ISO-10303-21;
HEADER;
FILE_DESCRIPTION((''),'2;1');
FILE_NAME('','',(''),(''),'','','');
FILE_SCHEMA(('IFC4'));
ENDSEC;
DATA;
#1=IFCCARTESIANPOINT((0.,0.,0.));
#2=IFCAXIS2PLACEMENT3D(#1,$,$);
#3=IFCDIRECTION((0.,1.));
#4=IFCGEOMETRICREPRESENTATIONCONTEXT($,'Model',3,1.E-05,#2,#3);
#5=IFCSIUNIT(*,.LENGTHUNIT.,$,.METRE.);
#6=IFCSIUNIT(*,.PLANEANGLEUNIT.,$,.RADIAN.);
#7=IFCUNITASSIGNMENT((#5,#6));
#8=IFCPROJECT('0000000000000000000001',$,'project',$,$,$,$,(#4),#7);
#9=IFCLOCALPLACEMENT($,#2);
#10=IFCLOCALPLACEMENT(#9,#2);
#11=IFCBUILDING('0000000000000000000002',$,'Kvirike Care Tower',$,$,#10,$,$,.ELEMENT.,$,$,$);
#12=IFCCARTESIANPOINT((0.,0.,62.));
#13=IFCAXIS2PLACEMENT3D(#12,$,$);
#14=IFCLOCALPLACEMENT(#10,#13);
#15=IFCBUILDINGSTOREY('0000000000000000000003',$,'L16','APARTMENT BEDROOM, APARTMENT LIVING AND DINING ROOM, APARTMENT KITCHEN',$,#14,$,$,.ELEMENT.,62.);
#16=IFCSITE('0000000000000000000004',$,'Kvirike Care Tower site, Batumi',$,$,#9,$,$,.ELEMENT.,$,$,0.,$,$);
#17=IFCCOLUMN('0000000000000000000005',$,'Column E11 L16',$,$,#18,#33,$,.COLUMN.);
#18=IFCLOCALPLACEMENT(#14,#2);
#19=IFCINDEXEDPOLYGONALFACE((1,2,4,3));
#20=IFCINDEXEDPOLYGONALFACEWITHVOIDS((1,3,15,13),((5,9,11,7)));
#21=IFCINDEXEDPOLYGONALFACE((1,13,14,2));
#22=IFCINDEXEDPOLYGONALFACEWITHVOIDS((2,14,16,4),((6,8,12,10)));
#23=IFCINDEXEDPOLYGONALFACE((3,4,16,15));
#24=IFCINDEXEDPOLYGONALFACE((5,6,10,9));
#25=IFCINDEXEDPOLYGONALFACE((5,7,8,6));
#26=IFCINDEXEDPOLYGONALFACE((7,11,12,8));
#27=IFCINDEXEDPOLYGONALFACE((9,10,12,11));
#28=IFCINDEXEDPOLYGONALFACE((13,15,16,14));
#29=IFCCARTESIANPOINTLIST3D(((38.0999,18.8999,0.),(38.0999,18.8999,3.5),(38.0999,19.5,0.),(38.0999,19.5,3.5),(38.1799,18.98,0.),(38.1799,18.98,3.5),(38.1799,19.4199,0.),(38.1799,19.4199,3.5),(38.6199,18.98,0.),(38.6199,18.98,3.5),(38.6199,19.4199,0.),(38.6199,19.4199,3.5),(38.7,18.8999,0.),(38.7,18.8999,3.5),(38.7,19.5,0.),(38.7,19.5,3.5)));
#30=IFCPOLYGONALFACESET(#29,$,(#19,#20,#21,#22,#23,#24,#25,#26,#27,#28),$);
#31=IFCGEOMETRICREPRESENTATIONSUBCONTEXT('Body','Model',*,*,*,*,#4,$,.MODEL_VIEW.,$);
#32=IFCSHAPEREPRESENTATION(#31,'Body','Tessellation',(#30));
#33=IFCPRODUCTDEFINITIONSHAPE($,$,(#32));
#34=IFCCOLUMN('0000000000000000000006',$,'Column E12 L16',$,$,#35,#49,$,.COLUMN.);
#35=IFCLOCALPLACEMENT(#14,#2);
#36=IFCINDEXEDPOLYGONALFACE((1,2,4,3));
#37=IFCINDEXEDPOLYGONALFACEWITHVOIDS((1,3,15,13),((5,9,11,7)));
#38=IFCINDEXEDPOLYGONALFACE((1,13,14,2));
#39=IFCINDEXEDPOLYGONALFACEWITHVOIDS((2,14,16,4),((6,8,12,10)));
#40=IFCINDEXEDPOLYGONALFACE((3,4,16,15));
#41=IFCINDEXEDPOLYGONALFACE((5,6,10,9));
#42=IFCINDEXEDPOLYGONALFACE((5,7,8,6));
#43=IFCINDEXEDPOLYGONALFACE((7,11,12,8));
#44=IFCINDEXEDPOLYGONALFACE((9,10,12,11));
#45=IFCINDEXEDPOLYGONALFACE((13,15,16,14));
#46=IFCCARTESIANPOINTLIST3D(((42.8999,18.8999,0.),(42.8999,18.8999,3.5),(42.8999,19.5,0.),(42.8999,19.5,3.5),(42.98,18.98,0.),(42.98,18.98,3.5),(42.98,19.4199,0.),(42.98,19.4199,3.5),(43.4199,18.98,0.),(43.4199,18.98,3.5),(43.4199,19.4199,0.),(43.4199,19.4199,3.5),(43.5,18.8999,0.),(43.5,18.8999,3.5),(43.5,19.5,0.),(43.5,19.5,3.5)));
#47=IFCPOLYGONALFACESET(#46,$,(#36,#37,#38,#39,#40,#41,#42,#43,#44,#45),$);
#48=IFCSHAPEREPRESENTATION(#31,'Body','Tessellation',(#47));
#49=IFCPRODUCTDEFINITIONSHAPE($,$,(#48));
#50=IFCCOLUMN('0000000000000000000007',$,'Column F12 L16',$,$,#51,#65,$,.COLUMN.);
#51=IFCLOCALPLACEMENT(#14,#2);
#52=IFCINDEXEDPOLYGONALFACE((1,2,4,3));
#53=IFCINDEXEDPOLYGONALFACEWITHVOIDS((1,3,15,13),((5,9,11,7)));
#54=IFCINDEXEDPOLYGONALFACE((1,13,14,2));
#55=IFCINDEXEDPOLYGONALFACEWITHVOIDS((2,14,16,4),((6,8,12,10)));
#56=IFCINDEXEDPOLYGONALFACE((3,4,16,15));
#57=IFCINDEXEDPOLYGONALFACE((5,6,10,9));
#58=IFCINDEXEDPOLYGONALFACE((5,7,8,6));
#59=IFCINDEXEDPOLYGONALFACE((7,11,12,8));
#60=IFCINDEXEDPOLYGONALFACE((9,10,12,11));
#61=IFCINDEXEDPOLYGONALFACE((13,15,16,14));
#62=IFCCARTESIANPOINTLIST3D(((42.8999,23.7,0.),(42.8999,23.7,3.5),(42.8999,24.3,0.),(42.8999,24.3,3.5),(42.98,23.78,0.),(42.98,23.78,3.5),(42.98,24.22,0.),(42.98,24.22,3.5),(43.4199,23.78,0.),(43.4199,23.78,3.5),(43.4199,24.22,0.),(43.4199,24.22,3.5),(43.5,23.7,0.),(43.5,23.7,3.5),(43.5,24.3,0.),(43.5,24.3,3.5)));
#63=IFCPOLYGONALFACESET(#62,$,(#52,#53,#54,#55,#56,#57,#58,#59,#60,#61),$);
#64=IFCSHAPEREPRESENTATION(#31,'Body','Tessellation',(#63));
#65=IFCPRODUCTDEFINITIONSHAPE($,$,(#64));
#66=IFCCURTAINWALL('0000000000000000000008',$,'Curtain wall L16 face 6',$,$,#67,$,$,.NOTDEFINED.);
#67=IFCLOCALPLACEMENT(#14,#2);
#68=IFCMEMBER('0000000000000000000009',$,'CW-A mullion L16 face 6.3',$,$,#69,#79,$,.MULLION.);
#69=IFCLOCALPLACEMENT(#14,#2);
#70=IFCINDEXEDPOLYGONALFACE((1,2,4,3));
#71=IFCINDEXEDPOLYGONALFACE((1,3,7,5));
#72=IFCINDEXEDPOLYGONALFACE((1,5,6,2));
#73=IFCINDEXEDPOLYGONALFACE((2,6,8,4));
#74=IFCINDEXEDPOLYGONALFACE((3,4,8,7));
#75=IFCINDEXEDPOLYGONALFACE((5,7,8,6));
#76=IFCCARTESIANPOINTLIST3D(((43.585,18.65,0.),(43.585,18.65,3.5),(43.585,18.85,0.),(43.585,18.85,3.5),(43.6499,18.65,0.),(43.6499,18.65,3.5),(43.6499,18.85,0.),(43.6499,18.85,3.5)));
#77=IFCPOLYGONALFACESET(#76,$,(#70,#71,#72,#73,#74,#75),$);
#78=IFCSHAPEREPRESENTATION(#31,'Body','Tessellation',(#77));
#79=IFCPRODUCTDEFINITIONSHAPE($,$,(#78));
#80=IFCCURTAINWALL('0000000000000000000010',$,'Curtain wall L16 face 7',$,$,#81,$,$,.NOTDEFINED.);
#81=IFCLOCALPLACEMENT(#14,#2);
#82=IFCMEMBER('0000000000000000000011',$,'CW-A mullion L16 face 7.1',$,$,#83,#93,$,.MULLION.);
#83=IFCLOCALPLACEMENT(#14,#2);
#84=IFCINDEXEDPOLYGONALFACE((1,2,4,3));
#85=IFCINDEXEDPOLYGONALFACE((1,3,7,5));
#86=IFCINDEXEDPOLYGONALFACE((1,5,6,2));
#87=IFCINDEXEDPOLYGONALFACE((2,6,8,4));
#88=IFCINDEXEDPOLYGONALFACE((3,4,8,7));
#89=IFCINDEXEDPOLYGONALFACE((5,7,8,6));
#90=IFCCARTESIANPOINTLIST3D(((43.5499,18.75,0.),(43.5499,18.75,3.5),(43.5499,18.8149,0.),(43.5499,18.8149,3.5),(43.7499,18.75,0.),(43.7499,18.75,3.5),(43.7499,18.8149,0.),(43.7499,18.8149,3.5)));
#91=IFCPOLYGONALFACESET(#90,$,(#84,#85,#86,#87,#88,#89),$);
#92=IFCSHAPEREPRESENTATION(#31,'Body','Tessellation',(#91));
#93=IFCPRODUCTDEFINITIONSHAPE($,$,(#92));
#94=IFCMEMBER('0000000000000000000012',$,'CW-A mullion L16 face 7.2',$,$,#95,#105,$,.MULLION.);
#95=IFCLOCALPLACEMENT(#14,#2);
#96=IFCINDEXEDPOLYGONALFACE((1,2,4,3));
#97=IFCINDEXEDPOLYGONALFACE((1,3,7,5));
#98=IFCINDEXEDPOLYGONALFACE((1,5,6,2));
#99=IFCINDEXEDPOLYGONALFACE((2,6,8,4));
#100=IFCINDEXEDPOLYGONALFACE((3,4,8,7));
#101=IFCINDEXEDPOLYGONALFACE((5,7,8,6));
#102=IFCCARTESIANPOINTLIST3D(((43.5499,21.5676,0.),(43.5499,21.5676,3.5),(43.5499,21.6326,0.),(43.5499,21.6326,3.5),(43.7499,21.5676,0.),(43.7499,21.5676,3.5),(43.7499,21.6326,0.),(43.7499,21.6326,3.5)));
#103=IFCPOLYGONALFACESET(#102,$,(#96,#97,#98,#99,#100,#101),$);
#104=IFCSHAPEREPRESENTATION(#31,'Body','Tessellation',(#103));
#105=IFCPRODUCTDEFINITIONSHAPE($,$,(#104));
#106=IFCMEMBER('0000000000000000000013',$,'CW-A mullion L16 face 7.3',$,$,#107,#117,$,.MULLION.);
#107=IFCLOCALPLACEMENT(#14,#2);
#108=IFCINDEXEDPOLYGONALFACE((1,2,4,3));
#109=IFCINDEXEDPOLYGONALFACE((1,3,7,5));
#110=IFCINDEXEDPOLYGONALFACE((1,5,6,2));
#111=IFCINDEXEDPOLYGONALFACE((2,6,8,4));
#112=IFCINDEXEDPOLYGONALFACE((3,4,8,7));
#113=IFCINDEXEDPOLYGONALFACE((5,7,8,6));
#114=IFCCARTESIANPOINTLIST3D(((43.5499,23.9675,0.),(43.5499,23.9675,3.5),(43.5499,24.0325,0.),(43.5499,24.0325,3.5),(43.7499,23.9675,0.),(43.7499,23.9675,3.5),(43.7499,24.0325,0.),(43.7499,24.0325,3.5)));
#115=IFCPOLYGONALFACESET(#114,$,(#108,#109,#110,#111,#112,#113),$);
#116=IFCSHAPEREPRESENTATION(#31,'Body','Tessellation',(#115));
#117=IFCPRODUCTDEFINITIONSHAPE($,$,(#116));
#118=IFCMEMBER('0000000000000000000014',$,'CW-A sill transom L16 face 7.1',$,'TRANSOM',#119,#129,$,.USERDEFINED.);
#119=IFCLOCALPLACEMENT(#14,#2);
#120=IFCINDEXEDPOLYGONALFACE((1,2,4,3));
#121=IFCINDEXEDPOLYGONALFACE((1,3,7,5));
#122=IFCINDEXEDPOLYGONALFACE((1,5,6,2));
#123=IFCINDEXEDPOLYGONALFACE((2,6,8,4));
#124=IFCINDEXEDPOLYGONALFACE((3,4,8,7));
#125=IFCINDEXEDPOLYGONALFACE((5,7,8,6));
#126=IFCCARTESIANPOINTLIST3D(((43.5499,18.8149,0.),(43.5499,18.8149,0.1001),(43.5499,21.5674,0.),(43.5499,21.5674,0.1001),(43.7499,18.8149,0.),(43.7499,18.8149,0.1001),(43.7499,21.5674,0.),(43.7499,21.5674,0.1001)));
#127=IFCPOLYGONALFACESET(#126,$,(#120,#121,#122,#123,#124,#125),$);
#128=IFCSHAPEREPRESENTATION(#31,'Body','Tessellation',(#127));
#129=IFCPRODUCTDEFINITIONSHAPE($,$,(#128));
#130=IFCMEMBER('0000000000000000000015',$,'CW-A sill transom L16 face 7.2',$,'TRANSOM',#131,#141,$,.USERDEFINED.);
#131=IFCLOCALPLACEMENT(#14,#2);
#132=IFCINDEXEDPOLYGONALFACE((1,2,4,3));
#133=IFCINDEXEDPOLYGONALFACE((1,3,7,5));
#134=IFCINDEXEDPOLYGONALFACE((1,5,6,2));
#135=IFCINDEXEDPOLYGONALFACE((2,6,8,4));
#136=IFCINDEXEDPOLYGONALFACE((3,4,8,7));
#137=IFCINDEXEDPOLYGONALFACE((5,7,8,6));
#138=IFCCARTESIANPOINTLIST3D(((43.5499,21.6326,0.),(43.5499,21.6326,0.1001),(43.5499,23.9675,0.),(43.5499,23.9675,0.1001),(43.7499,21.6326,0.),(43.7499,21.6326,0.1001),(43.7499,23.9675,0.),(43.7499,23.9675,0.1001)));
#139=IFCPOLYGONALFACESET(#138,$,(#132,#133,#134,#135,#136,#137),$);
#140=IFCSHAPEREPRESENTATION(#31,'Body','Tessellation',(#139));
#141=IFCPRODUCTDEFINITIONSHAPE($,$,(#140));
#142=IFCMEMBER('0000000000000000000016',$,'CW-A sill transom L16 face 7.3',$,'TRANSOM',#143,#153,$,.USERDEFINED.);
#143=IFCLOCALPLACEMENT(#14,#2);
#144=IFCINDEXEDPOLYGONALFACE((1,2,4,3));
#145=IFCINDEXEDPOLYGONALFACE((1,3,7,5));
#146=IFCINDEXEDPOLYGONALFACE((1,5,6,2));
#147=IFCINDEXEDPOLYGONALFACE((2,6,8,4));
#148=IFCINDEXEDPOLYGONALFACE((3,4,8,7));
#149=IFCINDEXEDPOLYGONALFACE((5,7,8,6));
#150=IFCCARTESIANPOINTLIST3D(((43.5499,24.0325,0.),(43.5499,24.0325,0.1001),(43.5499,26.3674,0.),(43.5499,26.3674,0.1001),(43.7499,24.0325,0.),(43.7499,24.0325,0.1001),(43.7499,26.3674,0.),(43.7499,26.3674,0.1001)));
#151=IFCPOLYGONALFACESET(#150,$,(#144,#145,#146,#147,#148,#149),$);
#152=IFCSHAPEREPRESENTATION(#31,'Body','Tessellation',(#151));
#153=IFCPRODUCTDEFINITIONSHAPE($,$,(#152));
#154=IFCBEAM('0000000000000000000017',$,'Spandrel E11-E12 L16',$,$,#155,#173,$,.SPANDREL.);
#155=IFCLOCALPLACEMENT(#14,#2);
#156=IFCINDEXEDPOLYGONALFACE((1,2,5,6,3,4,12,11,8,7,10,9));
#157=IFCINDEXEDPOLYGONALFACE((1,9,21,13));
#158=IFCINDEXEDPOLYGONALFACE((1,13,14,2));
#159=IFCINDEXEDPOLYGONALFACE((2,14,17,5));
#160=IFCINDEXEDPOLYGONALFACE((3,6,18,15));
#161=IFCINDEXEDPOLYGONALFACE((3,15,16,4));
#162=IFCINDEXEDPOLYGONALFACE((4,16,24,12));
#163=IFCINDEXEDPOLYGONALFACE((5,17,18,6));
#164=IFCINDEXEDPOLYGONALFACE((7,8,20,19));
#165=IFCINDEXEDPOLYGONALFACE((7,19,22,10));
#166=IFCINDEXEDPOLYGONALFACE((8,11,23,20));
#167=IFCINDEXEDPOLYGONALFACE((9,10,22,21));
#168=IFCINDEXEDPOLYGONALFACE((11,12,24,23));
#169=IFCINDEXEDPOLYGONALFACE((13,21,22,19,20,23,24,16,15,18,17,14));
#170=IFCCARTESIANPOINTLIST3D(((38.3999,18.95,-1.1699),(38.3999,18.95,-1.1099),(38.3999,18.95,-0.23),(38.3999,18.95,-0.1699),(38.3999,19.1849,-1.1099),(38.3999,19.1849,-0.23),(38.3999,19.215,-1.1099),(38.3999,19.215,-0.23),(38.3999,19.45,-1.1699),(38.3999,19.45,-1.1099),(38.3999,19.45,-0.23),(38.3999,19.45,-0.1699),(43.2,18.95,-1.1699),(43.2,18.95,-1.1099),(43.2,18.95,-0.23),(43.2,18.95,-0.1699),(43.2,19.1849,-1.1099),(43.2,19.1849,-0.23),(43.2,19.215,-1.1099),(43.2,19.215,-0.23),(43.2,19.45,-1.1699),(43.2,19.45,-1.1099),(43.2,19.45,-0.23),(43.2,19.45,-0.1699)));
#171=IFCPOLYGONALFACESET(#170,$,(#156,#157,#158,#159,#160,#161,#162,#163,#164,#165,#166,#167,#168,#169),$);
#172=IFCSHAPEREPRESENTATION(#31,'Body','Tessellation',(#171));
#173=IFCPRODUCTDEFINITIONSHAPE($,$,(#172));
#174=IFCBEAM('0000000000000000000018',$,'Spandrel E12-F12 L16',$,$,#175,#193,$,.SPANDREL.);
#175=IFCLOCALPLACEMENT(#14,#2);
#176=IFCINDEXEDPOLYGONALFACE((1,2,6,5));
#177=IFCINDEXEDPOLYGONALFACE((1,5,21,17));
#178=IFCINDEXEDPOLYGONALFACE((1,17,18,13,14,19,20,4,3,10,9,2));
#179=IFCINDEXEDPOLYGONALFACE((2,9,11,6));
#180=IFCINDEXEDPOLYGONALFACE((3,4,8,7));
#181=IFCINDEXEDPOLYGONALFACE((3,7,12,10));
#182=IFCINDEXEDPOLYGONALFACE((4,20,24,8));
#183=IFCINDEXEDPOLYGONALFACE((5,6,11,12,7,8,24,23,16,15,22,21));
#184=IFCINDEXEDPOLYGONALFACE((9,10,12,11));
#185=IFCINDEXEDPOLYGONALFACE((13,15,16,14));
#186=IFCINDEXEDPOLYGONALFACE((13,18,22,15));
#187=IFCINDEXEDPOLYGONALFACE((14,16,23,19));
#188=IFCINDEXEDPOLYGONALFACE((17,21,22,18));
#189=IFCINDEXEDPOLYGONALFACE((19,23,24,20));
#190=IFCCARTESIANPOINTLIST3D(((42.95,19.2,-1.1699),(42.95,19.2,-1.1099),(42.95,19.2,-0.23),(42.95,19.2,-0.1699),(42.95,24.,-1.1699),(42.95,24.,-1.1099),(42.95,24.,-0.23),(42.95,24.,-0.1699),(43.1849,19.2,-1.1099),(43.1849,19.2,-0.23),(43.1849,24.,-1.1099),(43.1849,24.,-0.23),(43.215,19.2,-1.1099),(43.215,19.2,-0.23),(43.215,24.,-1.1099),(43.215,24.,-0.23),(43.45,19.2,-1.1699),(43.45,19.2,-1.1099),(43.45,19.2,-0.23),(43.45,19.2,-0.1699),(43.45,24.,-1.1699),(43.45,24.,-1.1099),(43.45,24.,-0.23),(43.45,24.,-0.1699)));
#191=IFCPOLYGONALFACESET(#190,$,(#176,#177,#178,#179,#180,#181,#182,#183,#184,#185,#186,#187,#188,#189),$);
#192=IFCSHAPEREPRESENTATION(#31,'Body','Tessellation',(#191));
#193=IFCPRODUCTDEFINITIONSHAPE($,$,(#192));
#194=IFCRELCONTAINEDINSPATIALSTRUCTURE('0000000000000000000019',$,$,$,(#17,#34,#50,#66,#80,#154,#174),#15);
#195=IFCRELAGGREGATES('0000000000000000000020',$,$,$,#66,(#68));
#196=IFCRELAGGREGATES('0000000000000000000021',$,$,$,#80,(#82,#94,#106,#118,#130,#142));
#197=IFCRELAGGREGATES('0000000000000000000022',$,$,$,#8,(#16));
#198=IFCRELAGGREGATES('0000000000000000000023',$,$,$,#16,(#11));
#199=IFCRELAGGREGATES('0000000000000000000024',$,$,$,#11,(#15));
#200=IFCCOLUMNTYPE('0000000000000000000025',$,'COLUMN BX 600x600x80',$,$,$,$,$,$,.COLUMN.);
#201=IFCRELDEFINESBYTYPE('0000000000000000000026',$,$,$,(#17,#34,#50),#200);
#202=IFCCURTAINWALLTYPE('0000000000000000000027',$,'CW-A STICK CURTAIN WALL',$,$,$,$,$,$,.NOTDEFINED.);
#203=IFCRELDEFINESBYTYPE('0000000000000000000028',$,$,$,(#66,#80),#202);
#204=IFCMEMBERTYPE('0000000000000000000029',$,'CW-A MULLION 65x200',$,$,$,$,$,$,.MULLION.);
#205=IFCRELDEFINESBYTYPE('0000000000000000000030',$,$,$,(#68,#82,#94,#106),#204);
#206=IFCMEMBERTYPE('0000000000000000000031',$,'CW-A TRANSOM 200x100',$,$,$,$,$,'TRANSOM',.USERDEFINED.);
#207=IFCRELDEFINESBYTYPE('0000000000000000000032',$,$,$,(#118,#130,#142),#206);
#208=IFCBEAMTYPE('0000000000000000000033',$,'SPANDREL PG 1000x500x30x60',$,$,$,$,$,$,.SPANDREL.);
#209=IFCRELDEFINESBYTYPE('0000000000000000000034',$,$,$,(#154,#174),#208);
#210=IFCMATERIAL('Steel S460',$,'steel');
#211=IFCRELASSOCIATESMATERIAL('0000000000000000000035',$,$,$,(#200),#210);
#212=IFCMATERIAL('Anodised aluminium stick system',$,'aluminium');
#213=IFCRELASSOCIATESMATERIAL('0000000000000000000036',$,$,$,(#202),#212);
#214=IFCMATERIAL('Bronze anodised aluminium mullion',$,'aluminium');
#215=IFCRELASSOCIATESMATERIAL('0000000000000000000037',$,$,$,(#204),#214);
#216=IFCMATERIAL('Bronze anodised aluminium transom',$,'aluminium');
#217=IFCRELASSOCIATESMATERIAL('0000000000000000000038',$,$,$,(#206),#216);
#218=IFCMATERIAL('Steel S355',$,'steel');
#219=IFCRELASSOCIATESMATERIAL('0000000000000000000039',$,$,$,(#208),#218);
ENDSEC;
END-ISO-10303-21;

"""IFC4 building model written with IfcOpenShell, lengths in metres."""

from ifc_helpers import new_model, si_unit, direction, frame, origin, origin_2d, place, context, subcontext, project, spatial, rectangle, hollow_rectangle, i_section, extrude, material, material_profile, profile_set, type_object, element, aggregate, save


model = new_model("IFC4")

# Units and contexts
model_context = context("Model", 3, precision=1e-05, world=origin(), true_north=direction((0.0, 1.0)))
body_context = subcontext(model_context, "Body", "Model", "MODEL_VIEW")
ifc_project = project(units=[si_unit("LENGTHUNIT", "METRE"), si_unit("PLANEANGLEUNIT", "RADIAN")], contexts=[model_context])

# Site, building, storey
site_placement = place(None, origin())
site = spatial("IfcSite", under=ifc_project, at=site_placement, Name="Kvirike Care Tower site, Batumi", CompositionType="ELEMENT", RefElevation=0.0)
building_placement = place(site_placement, origin())
building = spatial("IfcBuilding", under=site, at=building_placement, Name="Kvirike Care Tower", CompositionType="ELEMENT")
storey_placement = place(building_placement, frame((0.0, 0.0, 62.0)))
storey = spatial("IfcBuildingStorey", under=building, at=storey_placement, Name="L16", Description="APARTMENT BEDROOM, APARTMENT LIVING AND DINING ROOM, APARTMENT KITCHEN", CompositionType="ELEMENT", Elevation=62.0)

# Columns
ifc_material_1 = material(Name="Steel S460", Category="steel")
ifc_material_profile_1 = material_profile(ifc_material_1, hollow_rectangle(XDim=0.6001, YDim=0.6001, WallThickness=0.0801, at=origin_2d()), Name="BX 600x600x80")
ifc_profile_set_1 = profile_set([ifc_material_profile_1], Name="Steel S460")
column_type = type_object("IfcColumnType", Name="COLUMN BX 600x600x80", PredefinedType="COLUMN", material=ifc_profile_set_1)
for number, where, z_axis, x_axis, name in (
    (1, (38.3999, 19.2, 0.0), (0.0, 0.0, 1.0), (0.0, 1.0, 0.0), "Column E11 L16"),
    (2, (43.2, 19.2, 0.0), (0.0, 0.0, 1.0), (0.0, 1.0, 0.0), "Column E12 L16"),
    (3, (43.2, 24.0, 0.0), (0.0, 0.0, 1.0), (1.0, 0.0, 0.0), "Column F12 L16"),
):
    element("IfcColumn", number, at=place(storey_placement, frame(where, z_axis=z_axis, x_axis=x_axis)), inside=storey, type_object=column_type, Name=name, PredefinedType="COLUMN", context=body_context, shape_type="SweptSolid", body=[
        extrude(hollow_rectangle(XDim=0.6001, YDim=0.6001, WallThickness=0.0801, at=origin_2d()), origin(), (0.0, 0.0, 1.0), 3.5),
    ])

# Curtain wall, member
ifc_material_2 = material(Name="Anodised aluminium stick system", Category="aluminium")
curtain_wall_type = type_object("IfcCurtainWallType", Name="CW-A STICK CURTAIN WALL", PredefinedType="NOTDEFINED", material=ifc_material_2)
curtain_wall_1_placement = place(storey_placement, origin())
curtain_wall_1 = element("IfcCurtainWall", 4, at=curtain_wall_1_placement, inside=storey, type_object=curtain_wall_type, Name="Curtain wall L16 face 6", PredefinedType="NOTDEFINED")
ifc_material_3 = material(Name="Bronze anodised aluminium mullion", Category="aluminium")
ifc_material_profile_2 = material_profile(ifc_material_3, rectangle(XDim=0.0649, YDim=0.2, at=origin_2d()), Name="CW-A MULLION 65x200")
ifc_profile_set_2 = profile_set([ifc_material_profile_2], Name="Bronze anodised aluminium mullion")
member_type_1 = type_object("IfcMemberType", Name="CW-A MULLION 65x200", PredefinedType="MULLION", material=ifc_profile_set_2)
member_1_placement = place(storey_placement, frame((43.6174, 18.75, 0.0), z_axis=(0.0, 0.0, 1.0), x_axis=(1.0, 0.0, 0.0)))
member_1 = element("IfcMember", 5, at=member_1_placement, type_object=member_type_1, Name="CW-A mullion L16 face 6.3", PredefinedType="MULLION", context=body_context, shape_type="SweptSolid", body=[
    extrude(rectangle(XDim=0.0649, YDim=0.2, at=origin_2d()), origin(), (0.0, 0.0, 1.0), 3.5),
])

# Curtain wall, members
curtain_wall_2_placement = place(storey_placement, origin())
curtain_wall_2 = element("IfcCurtainWall", 6, at=curtain_wall_2_placement, inside=storey, type_object=curtain_wall_type, Name="Curtain wall L16 face 7", PredefinedType="NOTDEFINED")
member_2_placement = place(storey_placement, frame((43.6499, 18.7825, 0.0), z_axis=(0.0, 0.0, 1.0), x_axis=(0.0, 1.0, 0.0)))
member_2 = element("IfcMember", 7, at=member_2_placement, type_object=member_type_1, Name="CW-A mullion L16 face 7.1", PredefinedType="MULLION", context=body_context, shape_type="SweptSolid", body=[
    extrude(rectangle(XDim=0.0649, YDim=0.2, at=origin_2d()), origin(), (0.0, 0.0, 1.0), 3.5),
])
member_3_placement = place(storey_placement, frame((43.6499, 21.6001, 0.0), z_axis=(0.0, 0.0, 1.0), x_axis=(0.0, 1.0, 0.0)))
member_3 = element("IfcMember", 8, at=member_3_placement, type_object=member_type_1, Name="CW-A mullion L16 face 7.2", PredefinedType="MULLION", context=body_context, shape_type="SweptSolid", body=[
    extrude(rectangle(XDim=0.0649, YDim=0.2, at=origin_2d()), origin(), (0.0, 0.0, 1.0), 3.5),
])
member_4_placement = place(storey_placement, frame((43.6499, 24.0, 0.0), z_axis=(0.0, 0.0, 1.0), x_axis=(0.0, 1.0, 0.0)))
member_4 = element("IfcMember", 9, at=member_4_placement, type_object=member_type_1, Name="CW-A mullion L16 face 7.3", PredefinedType="MULLION", context=body_context, shape_type="SweptSolid", body=[
    extrude(rectangle(XDim=0.0649, YDim=0.2, at=origin_2d()), origin(), (0.0, 0.0, 1.0), 3.5),
])
ifc_material_4 = material(Name="Bronze anodised aluminium transom", Category="aluminium")
ifc_material_profile_3 = material_profile(ifc_material_4, rectangle(XDim=0.2, YDim=0.1001, at=origin_2d()), Name="CW-A TRANSOM 200x100")
ifc_profile_set_3 = profile_set([ifc_material_profile_3], Name="Bronze anodised aluminium transom")
member_type_2 = type_object("IfcMemberType", Name="CW-A TRANSOM 200x100", ElementType="TRANSOM", PredefinedType="USERDEFINED", material=ifc_profile_set_3)
member_5_placement = place(storey_placement, frame((43.6499, 18.8149, 0.05), z_axis=(0.0, 1.0, 0.0), x_axis=(-1.0, 0.0, 0.0)))
member_5 = element("IfcMember", 10, at=member_5_placement, type_object=member_type_2, Name="CW-A sill transom L16 face 7.1", ObjectType="TRANSOM", PredefinedType="USERDEFINED", context=body_context, shape_type="SweptSolid", body=[
    extrude(rectangle(XDim=0.2, YDim=0.1001, at=origin_2d()), origin(), (0.0, 0.0, 1.0), 2.7524),
])
member_6_placement = place(storey_placement, frame((43.6499, 21.6326, 0.05), z_axis=(0.0, 1.0, 0.0), x_axis=(-1.0, 0.0, 0.0)))
member_6 = element("IfcMember", 11, at=member_6_placement, type_object=member_type_2, Name="CW-A sill transom L16 face 7.2", ObjectType="TRANSOM", PredefinedType="USERDEFINED", context=body_context, shape_type="SweptSolid", body=[
    extrude(rectangle(XDim=0.2, YDim=0.1001, at=origin_2d()), origin(), (0.0, 0.0, 1.0), 2.335),
])
member_7_placement = place(storey_placement, frame((43.6499, 24.0325, 0.05), z_axis=(0.0, 1.0, 0.0), x_axis=(-1.0, 0.0, 0.0)))
member_7 = element("IfcMember", 12, at=member_7_placement, type_object=member_type_2, Name="CW-A sill transom L16 face 7.3", ObjectType="TRANSOM", PredefinedType="USERDEFINED", context=body_context, shape_type="SweptSolid", body=[
    extrude(rectangle(XDim=0.2, YDim=0.1001, at=origin_2d()), origin(), (0.0, 0.0, 1.0), 2.335),
])

# Beams
ifc_material_5 = material(Name="Steel S355", Category="steel")
ifc_material_profile_4 = material_profile(ifc_material_5, i_section(OverallWidth=0.5, OverallDepth=1.0, WebThickness=0.03, FlangeThickness=0.0601, at=origin_2d()), Name="PG 1000x500x30x60")
ifc_profile_set_4 = profile_set([ifc_material_profile_4], Name="Steel S355")
beam_type = type_object("IfcBeamType", Name="SPANDREL PG 1000x500x30x60", PredefinedType="SPANDREL", material=ifc_profile_set_4)
for number, where, z_axis, x_axis, name in (
    (13, (38.3999, 19.2, -0.6699), (1.0, 0.0, 0.0), (0.0, 1.0, 0.0), "Spandrel E11-E12 L16"),
    (14, (43.2, 19.2, -0.6699), (0.0, 1.0, 0.0), (-1.0, 0.0, 0.0), "Spandrel E12-F12 L16"),
):
    element("IfcBeam", number, at=place(storey_placement, frame(where, z_axis=z_axis, x_axis=x_axis)), inside=storey, type_object=beam_type, Name=name, PredefinedType="SPANDREL", context=body_context, shape_type="SweptSolid", body=[
        extrude(i_section(OverallWidth=0.5, OverallDepth=1.0, WebThickness=0.03, FlangeThickness=0.0601, at=origin_2d()), origin(), (0.0, 0.0, 1.0), 4.8),
    ])

aggregate(curtain_wall_1, [member_1])
aggregate(curtain_wall_2, [member_2, member_3, member_4, member_5, member_6, member_7])

save(model, "model.ifc")
